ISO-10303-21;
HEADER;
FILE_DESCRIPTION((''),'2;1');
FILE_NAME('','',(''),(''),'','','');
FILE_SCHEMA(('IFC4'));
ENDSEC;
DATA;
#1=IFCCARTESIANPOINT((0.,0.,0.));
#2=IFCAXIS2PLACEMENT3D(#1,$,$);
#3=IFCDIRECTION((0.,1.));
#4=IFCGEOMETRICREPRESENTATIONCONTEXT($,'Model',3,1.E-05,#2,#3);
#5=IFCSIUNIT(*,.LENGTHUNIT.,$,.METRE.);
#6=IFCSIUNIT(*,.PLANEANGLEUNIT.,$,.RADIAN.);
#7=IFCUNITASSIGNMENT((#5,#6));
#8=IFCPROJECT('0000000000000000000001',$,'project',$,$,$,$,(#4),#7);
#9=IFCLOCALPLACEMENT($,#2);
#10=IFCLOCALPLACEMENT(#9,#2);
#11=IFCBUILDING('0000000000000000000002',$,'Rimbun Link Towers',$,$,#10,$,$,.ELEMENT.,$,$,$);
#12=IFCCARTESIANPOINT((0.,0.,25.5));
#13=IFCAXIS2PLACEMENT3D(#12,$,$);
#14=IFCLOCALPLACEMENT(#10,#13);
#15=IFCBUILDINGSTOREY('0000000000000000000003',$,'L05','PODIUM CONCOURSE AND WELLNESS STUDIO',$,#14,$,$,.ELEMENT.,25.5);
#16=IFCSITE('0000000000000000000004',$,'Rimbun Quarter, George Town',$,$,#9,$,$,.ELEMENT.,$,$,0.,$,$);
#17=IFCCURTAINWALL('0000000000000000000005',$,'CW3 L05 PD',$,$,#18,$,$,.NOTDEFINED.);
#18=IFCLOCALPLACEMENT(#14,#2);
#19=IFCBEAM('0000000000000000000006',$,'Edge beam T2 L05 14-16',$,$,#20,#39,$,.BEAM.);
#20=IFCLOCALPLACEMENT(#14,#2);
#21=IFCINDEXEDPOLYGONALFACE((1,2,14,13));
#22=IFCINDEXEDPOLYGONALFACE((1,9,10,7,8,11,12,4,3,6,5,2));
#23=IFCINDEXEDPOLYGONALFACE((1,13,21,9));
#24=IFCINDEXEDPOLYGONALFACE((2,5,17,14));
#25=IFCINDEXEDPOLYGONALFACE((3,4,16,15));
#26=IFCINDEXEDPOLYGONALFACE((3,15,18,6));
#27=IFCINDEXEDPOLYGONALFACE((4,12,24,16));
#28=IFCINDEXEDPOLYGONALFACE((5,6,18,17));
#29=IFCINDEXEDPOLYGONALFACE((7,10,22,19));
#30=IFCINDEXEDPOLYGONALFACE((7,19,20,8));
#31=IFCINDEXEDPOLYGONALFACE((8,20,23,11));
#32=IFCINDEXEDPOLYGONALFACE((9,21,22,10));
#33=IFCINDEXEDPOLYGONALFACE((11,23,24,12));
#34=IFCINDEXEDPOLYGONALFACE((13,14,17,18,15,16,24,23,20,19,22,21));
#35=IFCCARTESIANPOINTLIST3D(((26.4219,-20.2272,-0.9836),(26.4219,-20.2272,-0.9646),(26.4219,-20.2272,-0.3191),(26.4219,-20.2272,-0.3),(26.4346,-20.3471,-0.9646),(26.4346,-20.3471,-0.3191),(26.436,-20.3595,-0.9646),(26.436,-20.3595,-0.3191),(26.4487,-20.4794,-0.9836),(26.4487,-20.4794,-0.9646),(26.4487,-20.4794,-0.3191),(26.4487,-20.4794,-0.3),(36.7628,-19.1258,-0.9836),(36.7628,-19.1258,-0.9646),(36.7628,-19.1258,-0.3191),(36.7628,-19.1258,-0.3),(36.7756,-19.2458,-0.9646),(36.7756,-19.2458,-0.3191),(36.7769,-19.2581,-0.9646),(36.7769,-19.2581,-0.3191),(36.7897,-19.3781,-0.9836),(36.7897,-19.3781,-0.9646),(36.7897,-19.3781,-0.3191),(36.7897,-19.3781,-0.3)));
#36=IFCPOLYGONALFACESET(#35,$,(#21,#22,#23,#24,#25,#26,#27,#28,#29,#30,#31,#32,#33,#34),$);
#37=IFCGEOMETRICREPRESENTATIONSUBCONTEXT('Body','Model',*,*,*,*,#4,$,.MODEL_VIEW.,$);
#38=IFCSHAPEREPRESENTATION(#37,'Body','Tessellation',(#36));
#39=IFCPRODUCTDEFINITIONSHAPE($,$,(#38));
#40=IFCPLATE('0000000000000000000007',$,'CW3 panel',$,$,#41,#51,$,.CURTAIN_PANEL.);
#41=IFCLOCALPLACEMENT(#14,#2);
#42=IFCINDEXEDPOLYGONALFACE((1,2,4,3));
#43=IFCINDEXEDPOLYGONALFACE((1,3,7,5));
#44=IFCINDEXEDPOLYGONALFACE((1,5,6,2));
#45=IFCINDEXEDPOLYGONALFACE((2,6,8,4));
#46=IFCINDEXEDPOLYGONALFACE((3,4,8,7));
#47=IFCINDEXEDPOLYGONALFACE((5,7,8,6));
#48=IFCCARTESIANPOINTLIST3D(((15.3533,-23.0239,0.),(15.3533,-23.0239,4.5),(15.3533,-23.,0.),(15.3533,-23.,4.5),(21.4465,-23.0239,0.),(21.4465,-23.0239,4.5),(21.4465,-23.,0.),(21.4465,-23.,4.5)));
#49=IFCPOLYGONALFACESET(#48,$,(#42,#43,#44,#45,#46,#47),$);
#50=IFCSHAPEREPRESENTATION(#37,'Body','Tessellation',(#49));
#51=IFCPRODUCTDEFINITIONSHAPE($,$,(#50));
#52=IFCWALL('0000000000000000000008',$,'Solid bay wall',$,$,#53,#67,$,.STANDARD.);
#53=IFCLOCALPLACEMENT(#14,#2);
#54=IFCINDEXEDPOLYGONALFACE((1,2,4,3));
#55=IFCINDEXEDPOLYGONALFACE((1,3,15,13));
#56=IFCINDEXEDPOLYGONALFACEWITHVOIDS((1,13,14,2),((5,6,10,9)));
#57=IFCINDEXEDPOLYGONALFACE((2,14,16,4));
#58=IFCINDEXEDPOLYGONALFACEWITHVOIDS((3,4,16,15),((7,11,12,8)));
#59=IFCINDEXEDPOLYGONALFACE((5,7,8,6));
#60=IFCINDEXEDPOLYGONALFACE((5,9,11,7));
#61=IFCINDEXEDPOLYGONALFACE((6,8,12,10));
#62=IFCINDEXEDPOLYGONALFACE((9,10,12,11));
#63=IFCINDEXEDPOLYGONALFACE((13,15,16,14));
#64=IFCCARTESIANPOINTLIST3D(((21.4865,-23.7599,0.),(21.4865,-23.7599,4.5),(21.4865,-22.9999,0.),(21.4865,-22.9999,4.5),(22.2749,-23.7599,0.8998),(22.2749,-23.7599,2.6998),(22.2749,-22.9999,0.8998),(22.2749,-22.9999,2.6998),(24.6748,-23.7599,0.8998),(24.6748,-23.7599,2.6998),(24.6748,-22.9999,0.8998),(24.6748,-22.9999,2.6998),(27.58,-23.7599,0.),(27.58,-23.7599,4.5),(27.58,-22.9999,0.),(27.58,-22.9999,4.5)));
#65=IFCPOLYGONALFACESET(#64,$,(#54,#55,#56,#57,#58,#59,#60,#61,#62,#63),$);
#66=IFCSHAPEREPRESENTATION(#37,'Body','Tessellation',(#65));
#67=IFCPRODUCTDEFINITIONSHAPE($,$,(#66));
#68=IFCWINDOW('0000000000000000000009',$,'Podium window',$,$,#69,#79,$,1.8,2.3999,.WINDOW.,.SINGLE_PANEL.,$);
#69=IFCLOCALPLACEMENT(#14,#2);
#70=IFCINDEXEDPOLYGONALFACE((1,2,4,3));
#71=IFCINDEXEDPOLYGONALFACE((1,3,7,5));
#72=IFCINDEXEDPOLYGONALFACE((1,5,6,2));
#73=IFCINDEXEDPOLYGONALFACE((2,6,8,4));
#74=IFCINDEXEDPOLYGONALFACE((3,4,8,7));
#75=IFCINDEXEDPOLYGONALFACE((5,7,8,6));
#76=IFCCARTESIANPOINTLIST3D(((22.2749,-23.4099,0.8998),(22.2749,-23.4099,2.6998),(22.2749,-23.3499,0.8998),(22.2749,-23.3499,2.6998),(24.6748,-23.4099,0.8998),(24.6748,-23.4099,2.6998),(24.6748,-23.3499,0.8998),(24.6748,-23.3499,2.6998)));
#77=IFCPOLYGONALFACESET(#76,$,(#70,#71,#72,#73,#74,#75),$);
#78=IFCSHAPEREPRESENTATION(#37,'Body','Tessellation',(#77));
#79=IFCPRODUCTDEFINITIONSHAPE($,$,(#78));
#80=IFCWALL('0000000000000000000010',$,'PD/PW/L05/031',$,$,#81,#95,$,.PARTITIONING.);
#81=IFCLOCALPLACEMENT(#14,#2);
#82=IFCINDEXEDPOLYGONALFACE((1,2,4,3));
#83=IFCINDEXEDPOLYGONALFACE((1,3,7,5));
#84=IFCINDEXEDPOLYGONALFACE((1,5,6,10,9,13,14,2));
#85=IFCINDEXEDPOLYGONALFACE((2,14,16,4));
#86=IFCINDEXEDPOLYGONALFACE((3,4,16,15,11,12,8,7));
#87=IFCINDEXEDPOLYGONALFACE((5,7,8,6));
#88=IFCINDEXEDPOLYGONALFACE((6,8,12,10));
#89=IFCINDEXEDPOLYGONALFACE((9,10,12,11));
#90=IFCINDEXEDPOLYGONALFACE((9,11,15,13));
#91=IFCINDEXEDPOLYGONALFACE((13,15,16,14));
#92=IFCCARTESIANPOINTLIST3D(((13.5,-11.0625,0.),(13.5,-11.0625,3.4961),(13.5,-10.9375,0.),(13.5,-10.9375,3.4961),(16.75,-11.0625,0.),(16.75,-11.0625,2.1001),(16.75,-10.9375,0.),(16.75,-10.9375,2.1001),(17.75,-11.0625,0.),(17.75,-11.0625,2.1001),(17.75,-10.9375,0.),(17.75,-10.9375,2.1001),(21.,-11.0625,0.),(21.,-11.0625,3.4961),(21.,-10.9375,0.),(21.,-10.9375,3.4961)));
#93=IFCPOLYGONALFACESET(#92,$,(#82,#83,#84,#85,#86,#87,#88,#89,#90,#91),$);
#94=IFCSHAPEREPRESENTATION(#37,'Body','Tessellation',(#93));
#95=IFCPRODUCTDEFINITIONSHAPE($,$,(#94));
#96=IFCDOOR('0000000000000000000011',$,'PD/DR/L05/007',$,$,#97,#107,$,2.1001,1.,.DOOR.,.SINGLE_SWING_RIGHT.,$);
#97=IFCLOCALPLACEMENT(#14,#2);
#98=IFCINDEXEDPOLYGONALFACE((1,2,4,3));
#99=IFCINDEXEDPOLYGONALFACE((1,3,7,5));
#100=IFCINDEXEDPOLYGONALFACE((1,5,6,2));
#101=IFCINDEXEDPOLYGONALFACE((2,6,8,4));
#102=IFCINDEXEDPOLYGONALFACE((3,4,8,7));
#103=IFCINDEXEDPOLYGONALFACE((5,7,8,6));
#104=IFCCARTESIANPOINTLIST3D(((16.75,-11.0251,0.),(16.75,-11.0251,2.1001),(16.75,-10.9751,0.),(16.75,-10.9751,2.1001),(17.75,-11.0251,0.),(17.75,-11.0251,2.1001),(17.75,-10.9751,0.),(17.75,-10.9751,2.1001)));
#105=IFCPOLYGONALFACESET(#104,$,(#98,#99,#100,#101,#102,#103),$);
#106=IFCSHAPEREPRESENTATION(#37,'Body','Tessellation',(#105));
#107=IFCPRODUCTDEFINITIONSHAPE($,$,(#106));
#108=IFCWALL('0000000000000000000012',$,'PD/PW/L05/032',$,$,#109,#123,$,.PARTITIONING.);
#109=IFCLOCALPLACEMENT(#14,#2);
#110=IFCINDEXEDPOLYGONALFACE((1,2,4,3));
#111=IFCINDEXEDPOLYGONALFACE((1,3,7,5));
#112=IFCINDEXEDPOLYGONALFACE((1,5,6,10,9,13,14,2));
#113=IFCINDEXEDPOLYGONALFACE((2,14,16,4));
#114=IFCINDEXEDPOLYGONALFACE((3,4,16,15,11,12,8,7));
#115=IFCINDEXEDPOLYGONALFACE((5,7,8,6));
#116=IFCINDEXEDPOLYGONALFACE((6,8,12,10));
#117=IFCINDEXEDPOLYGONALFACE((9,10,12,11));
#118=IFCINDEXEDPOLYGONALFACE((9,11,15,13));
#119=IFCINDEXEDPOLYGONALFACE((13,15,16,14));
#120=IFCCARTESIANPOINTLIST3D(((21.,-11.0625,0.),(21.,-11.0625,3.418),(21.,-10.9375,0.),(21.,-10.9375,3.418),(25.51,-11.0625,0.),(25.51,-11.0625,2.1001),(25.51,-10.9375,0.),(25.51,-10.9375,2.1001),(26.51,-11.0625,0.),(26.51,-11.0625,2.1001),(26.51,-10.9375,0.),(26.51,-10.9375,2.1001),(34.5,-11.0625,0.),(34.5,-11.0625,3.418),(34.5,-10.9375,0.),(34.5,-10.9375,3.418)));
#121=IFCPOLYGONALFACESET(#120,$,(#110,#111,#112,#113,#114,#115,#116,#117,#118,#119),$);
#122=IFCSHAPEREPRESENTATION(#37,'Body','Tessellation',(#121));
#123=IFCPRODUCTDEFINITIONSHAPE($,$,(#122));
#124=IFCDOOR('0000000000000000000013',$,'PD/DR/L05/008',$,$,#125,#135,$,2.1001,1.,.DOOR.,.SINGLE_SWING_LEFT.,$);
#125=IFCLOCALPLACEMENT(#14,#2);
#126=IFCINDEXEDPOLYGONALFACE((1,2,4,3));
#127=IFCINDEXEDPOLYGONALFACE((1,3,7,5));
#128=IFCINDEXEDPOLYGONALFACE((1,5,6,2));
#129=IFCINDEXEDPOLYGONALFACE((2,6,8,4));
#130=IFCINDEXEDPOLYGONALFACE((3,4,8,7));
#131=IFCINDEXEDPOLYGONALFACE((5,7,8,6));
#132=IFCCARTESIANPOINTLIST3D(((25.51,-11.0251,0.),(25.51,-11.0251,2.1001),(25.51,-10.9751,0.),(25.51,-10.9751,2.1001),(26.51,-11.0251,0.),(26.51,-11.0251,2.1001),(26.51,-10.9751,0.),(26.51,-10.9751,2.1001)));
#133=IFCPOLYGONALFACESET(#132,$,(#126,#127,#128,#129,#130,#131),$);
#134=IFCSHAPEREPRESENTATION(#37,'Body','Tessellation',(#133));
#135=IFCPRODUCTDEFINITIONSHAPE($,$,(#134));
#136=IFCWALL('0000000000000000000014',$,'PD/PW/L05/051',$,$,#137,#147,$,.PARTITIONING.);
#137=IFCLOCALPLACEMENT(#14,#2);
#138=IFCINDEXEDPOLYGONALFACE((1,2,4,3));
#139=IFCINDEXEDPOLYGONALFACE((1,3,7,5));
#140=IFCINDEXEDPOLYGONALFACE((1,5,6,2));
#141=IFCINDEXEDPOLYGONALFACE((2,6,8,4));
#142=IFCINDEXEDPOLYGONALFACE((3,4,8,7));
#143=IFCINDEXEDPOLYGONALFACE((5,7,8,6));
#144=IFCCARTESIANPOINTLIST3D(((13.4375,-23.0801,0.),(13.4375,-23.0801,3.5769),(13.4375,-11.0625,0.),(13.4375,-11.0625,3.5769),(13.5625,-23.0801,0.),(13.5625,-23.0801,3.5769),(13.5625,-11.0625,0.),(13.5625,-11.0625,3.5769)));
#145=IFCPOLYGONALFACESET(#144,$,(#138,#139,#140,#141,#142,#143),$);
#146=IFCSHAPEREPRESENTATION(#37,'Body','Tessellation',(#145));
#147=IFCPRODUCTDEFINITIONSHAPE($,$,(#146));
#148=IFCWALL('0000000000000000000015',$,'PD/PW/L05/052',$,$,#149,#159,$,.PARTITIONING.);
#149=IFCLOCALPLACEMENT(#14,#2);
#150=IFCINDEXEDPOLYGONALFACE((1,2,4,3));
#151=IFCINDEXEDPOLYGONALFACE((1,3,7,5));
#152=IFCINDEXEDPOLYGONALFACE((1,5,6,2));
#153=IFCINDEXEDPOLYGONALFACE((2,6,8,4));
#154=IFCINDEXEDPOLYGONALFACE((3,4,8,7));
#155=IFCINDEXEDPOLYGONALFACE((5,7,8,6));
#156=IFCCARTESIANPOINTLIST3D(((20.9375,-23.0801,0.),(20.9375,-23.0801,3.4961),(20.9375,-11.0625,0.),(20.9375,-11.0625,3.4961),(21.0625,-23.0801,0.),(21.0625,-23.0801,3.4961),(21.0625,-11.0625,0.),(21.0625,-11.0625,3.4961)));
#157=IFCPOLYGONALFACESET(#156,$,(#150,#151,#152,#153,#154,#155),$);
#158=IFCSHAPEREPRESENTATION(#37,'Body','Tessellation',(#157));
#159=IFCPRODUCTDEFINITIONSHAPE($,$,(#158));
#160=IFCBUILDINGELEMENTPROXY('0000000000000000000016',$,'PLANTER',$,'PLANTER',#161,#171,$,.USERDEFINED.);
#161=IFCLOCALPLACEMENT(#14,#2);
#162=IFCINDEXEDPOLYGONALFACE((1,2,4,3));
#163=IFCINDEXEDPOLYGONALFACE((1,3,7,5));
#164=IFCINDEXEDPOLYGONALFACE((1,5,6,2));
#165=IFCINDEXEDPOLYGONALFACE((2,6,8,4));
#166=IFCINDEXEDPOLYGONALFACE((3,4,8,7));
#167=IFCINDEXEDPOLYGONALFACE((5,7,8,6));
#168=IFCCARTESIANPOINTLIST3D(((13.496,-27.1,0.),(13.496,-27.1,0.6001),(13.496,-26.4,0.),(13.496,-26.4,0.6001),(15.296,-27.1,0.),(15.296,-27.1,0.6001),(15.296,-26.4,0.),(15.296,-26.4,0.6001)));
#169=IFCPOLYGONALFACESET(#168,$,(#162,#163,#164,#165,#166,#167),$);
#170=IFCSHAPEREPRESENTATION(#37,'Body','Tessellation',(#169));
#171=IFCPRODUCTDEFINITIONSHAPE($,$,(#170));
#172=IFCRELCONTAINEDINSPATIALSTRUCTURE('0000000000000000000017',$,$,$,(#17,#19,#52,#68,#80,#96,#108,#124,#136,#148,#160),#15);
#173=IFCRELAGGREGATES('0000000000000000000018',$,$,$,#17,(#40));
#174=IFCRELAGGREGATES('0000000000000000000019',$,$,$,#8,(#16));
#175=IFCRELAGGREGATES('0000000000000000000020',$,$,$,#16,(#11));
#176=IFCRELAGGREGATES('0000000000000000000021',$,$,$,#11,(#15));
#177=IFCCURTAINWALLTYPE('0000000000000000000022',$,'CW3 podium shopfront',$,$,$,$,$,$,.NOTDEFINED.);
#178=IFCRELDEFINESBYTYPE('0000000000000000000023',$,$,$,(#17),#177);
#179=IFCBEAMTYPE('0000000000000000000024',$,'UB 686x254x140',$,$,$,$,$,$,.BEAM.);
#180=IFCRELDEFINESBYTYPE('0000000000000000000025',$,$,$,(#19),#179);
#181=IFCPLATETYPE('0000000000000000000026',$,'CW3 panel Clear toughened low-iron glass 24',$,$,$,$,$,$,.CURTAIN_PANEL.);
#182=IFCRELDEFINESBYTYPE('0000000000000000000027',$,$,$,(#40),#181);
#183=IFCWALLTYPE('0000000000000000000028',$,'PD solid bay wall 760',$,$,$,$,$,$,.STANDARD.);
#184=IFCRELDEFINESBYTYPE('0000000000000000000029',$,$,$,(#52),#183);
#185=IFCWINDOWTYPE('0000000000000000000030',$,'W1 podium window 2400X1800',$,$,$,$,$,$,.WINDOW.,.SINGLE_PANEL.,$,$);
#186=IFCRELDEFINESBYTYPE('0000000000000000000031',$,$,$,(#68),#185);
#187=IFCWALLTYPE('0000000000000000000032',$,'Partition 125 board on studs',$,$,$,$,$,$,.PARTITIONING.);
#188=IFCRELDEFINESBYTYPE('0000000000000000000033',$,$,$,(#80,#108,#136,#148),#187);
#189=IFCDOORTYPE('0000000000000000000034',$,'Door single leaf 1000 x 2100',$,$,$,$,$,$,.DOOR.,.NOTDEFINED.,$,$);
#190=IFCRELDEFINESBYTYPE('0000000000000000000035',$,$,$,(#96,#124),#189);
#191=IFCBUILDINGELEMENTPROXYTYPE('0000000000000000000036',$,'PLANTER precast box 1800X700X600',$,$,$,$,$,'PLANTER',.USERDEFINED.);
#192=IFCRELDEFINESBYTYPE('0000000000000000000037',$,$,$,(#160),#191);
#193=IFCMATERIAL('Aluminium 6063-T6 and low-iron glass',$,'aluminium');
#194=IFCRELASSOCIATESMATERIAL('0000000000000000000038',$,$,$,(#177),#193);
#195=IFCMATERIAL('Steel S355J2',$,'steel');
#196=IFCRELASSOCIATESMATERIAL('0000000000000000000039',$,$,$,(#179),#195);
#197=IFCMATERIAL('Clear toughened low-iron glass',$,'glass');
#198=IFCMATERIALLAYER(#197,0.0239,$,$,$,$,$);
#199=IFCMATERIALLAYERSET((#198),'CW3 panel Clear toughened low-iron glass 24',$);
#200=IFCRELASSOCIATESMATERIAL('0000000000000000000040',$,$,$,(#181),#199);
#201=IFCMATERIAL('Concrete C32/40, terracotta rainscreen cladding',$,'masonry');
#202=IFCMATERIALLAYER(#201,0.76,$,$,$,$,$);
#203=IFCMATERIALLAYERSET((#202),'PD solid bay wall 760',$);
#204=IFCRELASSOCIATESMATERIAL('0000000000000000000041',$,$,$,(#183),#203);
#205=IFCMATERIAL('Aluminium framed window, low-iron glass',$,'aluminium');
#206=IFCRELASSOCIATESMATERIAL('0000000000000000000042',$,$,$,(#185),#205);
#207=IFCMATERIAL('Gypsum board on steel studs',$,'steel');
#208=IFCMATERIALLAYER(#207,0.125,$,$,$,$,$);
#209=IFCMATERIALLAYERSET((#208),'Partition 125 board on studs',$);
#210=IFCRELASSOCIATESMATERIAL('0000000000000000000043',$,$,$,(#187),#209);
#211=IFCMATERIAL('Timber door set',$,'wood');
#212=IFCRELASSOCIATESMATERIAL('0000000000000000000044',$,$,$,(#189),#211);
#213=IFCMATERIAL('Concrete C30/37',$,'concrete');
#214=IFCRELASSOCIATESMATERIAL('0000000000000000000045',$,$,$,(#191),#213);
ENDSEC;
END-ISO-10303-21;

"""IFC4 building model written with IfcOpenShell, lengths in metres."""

from ifc_helpers import new_model, si_unit, direction, frame, frame_2d, origin, origin_2d, place, context, subcontext, project, spatial, rectangle, i_section, extrude, material, layer, layer_set, material_profile, profile_set, type_object, element, fill, aggregate, save


model = new_model("IFC4")

# Units and contexts
model_context = context("Model", 3, precision=1e-05, world=origin(), true_north=direction((0.0, 1.0)))
body_context = subcontext(model_context, "Body", "Model", "MODEL_VIEW")
ifc_project = project(units=[si_unit("LENGTHUNIT", "METRE"), si_unit("PLANEANGLEUNIT", "RADIAN")], contexts=[model_context])

# Site, building, storey
site_placement = place(None, origin())
site = spatial("IfcSite", under=ifc_project, at=site_placement, Name="Rimbun Quarter, George Town", CompositionType="ELEMENT", RefElevation=0.0)
building_placement = place(site_placement, origin())
building = spatial("IfcBuilding", under=site, at=building_placement, Name="Rimbun Link Towers", CompositionType="ELEMENT")
storey_placement = place(building_placement, frame((0.0, 0.0, 25.5)))
storey = spatial("IfcBuildingStorey", under=building, at=storey_placement, Name="L05", Description="PODIUM CONCOURSE AND WELLNESS STUDIO", CompositionType="ELEMENT", Elevation=25.5)

# Curtain wall
ifc_material_1 = material(Name="Aluminium 6063-T6 and low-iron glass", Category="aluminium")
curtain_wall_type = type_object("IfcCurtainWallType", Name="CW3 podium shopfront", PredefinedType="NOTDEFINED", material=ifc_material_1)
curtain_wall_placement = place(storey_placement, origin())
curtain_wall = element("IfcCurtainWall", 1, at=curtain_wall_placement, inside=storey, type_object=curtain_wall_type, Name="CW3 L05 PD", PredefinedType="NOTDEFINED")

# Beam
ifc_material_2 = material(Name="Steel S355J2", Category="steel")
ifc_material_profile_1 = material_profile(ifc_material_2, i_section(OverallWidth=0.2537, OverallDepth=0.6836, WebThickness=0.0125, FlangeThickness=0.019, at=origin_2d()), Name="UB 686x254x140")
ifc_profile_set_1 = profile_set([ifc_material_profile_1], Name="Steel S355J2")
beam_type_1 = type_object("IfcBeamType", Name="UB 686x254x140", PredefinedType="BEAM", material=ifc_profile_set_1)
beam_1_placement = place(storey_placement, frame((26.4353, -20.3533, -0.6418), z_axis=(0.994376, 0.105903, 0.0), x_axis=(-0.105903, 0.994376, 0.0)))
element("IfcBeam", 2, at=beam_1_placement, inside=storey, type_object=beam_type_1, Name="Edge beam T2 L05 14-16", PredefinedType="BEAM", context=body_context, shape_type="SweptSolid", body=[
    extrude(i_section(OverallWidth=0.2537, OverallDepth=0.6836, WebThickness=0.0125, FlangeThickness=0.019, at=origin_2d()), origin(), (0.0, 0.0, 1.0), 10.3994),
])

# Plate
ifc_material_3 = material(Name="Clear toughened low-iron glass", Category="glass")
ifc_layer_1 = layer(ifc_material_3, 0.0239)
ifc_layer_set_1 = layer_set([ifc_layer_1], Name="CW3 panel Clear toughened low-iron glass 24")
plate_type = type_object("IfcPlateType", Name="CW3 panel Clear toughened low-iron glass 24", PredefinedType="CURTAIN_PANEL", material=ifc_layer_set_1)
plate_placement = place(storey_placement, frame((18.3999, -23.012, 0.0), z_axis=(0.0, 0.0, 1.0), x_axis=(-1.0, 0.0, 0.0)))
plate = element("IfcPlate", 3, at=plate_placement, type_object=plate_type, Name="CW3 panel", PredefinedType="CURTAIN_PANEL", context=body_context, shape_type="SweptSolid", body=[
    extrude(rectangle(XDim=6.0933, YDim=0.0239, at=origin_2d()), origin(), (0.0, 0.0, 1.0), 4.5),
])
aggregate(curtain_wall, [plate])

# Wall, opening, window
ifc_material_4 = material(Name="Concrete C32/40, terracotta rainscreen cladding", Category="masonry")
ifc_layer_2 = layer(ifc_material_4, 0.76)
ifc_layer_set_2 = layer_set([ifc_layer_2], Name="PD solid bay wall 760")
wall_type_1 = type_object("IfcWallType", Name="PD solid bay wall 760", PredefinedType="STANDARD", material=ifc_layer_set_2)
wall_1_placement = place(storey_placement, frame((27.5801, -23.3799, 0.0), z_axis=(0.0, 0.0, 1.0), x_axis=(-1.0, 0.0, 0.0)))
wall_1 = element("IfcWall", 4, at=wall_1_placement, inside=storey, type_object=wall_type_1, Name="Solid bay wall", PredefinedType="STANDARD", context=body_context, shape_type="SweptSolid", body=[
    extrude(rectangle(XDim=6.0935, YDim=0.76, at=frame_2d((3.0469, 0.0))), origin(), (0.0, 0.0, 1.0), 4.5),
])
opening_1_placement = place(wall_1_placement, frame((2.9053, 0.0, 0.8999)))
opening_1 = element("IfcOpeningElement", 5, at=opening_1_placement, cuts=wall_1, PredefinedType="OPENING", context=body_context, shape_type="SweptSolid", body=[
    extrude(rectangle(XDim=2.3999, YDim=1.8, at=frame_2d((1.2, 0.8999))), frame((0.0, 0.3899, 0.0), z_axis=(0.0, -1.0, 0.0), x_axis=(1.0, 0.0, 0.0)), (0.0, 0.0, 1.0), 0.78),
])
ifc_material_5 = material(Name="Aluminium framed window, low-iron glass", Category="aluminium")
window_type = type_object("IfcWindowType", Name="W1 podium window 2400X1800", PartitioningType="SINGLE_PANEL", PredefinedType="WINDOW", material=ifc_material_5)
window_placement = place(opening_1_placement, origin())
window = element("IfcWindow", 6, at=window_placement, inside=storey, type_object=window_type, Name="Podium window", OverallHeight=1.8, OverallWidth=2.3999, PartitioningType="SINGLE_PANEL", PredefinedType="WINDOW", context=body_context, shape_type="SweptSolid", body=[
    extrude(rectangle(XDim=2.3999, YDim=1.8, at=frame_2d((1.2, 0.8999))), frame((0.0, 0.03, 0.0), z_axis=(0.0, -1.0, 0.0), x_axis=(1.0, 0.0, 0.0)), (0.0, 0.0, 1.0), 0.0601),
])
fill(opening_1, window)

# Walls, openings, doors
ifc_material_6 = material(Name="Gypsum board on steel studs", Category="steel")
ifc_layer_3 = layer(ifc_material_6, 0.125)
ifc_layer_set_3 = layer_set([ifc_layer_3], Name="Partition 125 board on studs")
wall_type_2 = type_object("IfcWallType", Name="Partition 125 board on studs", PredefinedType="PARTITIONING", material=ifc_layer_set_3)
wall_2_placement = place(storey_placement, frame((13.5, -11.0, 0.0), z_axis=(0.0, 0.0, 1.0), x_axis=(1.0, 0.0, 0.0)))
wall_2 = element("IfcWall", 7, at=wall_2_placement, inside=storey, type_object=wall_type_2, Name="PD/PW/L05/031", PredefinedType="PARTITIONING", context=body_context, shape_type="SweptSolid", body=[
    extrude(rectangle(XDim=7.5, YDim=0.125, at=frame_2d((3.75, 0.0))), origin(), (0.0, 0.0, 1.0), 3.4961),
])
opening_2_placement = place(wall_2_placement, frame((3.25, 0.0, 0.0)))
opening_2 = element("IfcOpeningElement", 8, at=opening_2_placement, cuts=wall_2, PredefinedType="OPENING", context=body_context, shape_type="SweptSolid", body=[
    extrude(rectangle(XDim=1.0, YDim=2.1001, at=frame_2d((0.5, 1.05))), frame((0.0, 0.0725, 0.0), z_axis=(0.0, -1.0, 0.0), x_axis=(1.0, 0.0, 0.0)), (0.0, 0.0, 1.0), 0.145),
])
ifc_material_7 = material(Name="Timber door set", Category="wood")
door_type = type_object("IfcDoorType", Name="Door single leaf 1000 x 2100", OperationType="NOTDEFINED", PredefinedType="DOOR", material=ifc_material_7)
door_1_placement = place(opening_2_placement, origin())
door_1 = element("IfcDoor", 9, at=door_1_placement, inside=storey, type_object=door_type, Name="PD/DR/L05/007", OperationType="SINGLE_SWING_RIGHT", OverallHeight=2.1001, OverallWidth=1.0, PredefinedType="DOOR", context=body_context, shape_type="SweptSolid", body=[
    extrude(rectangle(XDim=1.0, YDim=2.1001, at=frame_2d((0.5, 1.05))), frame((0.0, 0.0249, 0.0), z_axis=(0.0, -1.0, 0.0), x_axis=(1.0, 0.0, 0.0)), (0.0, 0.0, 1.0), 0.05),
])
fill(opening_2, door_1)
wall_3_placement = place(storey_placement, frame((21.0, -11.0, 0.0), z_axis=(0.0, 0.0, 1.0), x_axis=(1.0, 0.0, 0.0)))
wall_3 = element("IfcWall", 10, at=wall_3_placement, inside=storey, type_object=wall_type_2, Name="PD/PW/L05/032", PredefinedType="PARTITIONING", context=body_context, shape_type="SweptSolid", body=[
    extrude(rectangle(XDim=13.5, YDim=0.125, at=frame_2d((6.75, 0.0))), origin(), (0.0, 0.0, 1.0), 3.418),
])
opening_3_placement = place(wall_3_placement, frame((4.51, 0.0, 0.0)))
opening_3 = element("IfcOpeningElement", 11, at=opening_3_placement, cuts=wall_3, PredefinedType="OPENING", context=body_context, shape_type="SweptSolid", body=[
    extrude(rectangle(XDim=1.0, YDim=2.1001, at=frame_2d((0.5, 1.05))), frame((0.0, 0.0725, 0.0), z_axis=(0.0, -1.0, 0.0), x_axis=(1.0, 0.0, 0.0)), (0.0, 0.0, 1.0), 0.145),
])
door_2_placement = place(opening_3_placement, origin())
door_2 = element("IfcDoor", 12, at=door_2_placement, inside=storey, type_object=door_type, Name="PD/DR/L05/008", OperationType="SINGLE_SWING_LEFT", OverallHeight=2.1001, OverallWidth=1.0, PredefinedType="DOOR", context=body_context, shape_type="SweptSolid", body=[
    extrude(rectangle(XDim=1.0, YDim=2.1001, at=frame_2d((0.5, 1.05))), frame((0.0, 0.0249, 0.0), z_axis=(0.0, -1.0, 0.0), x_axis=(1.0, 0.0, 0.0)), (0.0, 0.0, 1.0), 0.05),
])
fill(opening_3, door_2)

# Walls
wall_4_placement = place(storey_placement, frame((13.5, -23.0801, 0.0), z_axis=(0.0, 0.0, 1.0), x_axis=(0.0, 1.0, 0.0)))
element("IfcWall", 13, at=wall_4_placement, inside=storey, type_object=wall_type_2, Name="PD/PW/L05/051", PredefinedType="PARTITIONING", context=body_context, shape_type="SweptSolid", body=[
    extrude(rectangle(XDim=12.0176, YDim=0.125, at=frame_2d((6.0088, 0.0))), origin(), (0.0, 0.0, 1.0), 3.5769),
])
wall_5_placement = place(storey_placement, frame((21.0, -23.0801, 0.0), z_axis=(0.0, 0.0, 1.0), x_axis=(0.0, 1.0, 0.0)))
element("IfcWall", 14, at=wall_5_placement, inside=storey, type_object=wall_type_2, Name="PD/PW/L05/052", PredefinedType="PARTITIONING", context=body_context, shape_type="SweptSolid", body=[
    extrude(rectangle(XDim=12.0176, YDim=0.125, at=frame_2d((6.0088, 0.0))), origin(), (0.0, 0.0, 1.0), 3.4961),
])

# Building element proxy
ifc_material_8 = material(Name="Concrete C30/37", Category="concrete")
building_element_proxy_type = type_object("IfcBuildingElementProxyType", Name="PLANTER precast box 1800X700X600", ElementType="PLANTER", PredefinedType="USERDEFINED", material=ifc_material_8)
for number, where, z_axis, x_axis, name in (
    (15, (14.396, -26.75, 0.0), (0.0, 0.0, 1.0), (1.0, 0.0, 0.0), "PLANTER"),
):
    element("IfcBuildingElementProxy", number, at=place(storey_placement, frame(where, z_axis=z_axis, x_axis=x_axis)), inside=storey, type_object=building_element_proxy_type, Name=name, ObjectType="PLANTER", PredefinedType="USERDEFINED", context=body_context, shape_type="SweptSolid", body=[
        extrude(rectangle(XDim=1.8, YDim=0.7, at=origin_2d()), origin(), (0.0, 0.0, 1.0), 0.6001),
    ])

save(model, "model.ifc")
